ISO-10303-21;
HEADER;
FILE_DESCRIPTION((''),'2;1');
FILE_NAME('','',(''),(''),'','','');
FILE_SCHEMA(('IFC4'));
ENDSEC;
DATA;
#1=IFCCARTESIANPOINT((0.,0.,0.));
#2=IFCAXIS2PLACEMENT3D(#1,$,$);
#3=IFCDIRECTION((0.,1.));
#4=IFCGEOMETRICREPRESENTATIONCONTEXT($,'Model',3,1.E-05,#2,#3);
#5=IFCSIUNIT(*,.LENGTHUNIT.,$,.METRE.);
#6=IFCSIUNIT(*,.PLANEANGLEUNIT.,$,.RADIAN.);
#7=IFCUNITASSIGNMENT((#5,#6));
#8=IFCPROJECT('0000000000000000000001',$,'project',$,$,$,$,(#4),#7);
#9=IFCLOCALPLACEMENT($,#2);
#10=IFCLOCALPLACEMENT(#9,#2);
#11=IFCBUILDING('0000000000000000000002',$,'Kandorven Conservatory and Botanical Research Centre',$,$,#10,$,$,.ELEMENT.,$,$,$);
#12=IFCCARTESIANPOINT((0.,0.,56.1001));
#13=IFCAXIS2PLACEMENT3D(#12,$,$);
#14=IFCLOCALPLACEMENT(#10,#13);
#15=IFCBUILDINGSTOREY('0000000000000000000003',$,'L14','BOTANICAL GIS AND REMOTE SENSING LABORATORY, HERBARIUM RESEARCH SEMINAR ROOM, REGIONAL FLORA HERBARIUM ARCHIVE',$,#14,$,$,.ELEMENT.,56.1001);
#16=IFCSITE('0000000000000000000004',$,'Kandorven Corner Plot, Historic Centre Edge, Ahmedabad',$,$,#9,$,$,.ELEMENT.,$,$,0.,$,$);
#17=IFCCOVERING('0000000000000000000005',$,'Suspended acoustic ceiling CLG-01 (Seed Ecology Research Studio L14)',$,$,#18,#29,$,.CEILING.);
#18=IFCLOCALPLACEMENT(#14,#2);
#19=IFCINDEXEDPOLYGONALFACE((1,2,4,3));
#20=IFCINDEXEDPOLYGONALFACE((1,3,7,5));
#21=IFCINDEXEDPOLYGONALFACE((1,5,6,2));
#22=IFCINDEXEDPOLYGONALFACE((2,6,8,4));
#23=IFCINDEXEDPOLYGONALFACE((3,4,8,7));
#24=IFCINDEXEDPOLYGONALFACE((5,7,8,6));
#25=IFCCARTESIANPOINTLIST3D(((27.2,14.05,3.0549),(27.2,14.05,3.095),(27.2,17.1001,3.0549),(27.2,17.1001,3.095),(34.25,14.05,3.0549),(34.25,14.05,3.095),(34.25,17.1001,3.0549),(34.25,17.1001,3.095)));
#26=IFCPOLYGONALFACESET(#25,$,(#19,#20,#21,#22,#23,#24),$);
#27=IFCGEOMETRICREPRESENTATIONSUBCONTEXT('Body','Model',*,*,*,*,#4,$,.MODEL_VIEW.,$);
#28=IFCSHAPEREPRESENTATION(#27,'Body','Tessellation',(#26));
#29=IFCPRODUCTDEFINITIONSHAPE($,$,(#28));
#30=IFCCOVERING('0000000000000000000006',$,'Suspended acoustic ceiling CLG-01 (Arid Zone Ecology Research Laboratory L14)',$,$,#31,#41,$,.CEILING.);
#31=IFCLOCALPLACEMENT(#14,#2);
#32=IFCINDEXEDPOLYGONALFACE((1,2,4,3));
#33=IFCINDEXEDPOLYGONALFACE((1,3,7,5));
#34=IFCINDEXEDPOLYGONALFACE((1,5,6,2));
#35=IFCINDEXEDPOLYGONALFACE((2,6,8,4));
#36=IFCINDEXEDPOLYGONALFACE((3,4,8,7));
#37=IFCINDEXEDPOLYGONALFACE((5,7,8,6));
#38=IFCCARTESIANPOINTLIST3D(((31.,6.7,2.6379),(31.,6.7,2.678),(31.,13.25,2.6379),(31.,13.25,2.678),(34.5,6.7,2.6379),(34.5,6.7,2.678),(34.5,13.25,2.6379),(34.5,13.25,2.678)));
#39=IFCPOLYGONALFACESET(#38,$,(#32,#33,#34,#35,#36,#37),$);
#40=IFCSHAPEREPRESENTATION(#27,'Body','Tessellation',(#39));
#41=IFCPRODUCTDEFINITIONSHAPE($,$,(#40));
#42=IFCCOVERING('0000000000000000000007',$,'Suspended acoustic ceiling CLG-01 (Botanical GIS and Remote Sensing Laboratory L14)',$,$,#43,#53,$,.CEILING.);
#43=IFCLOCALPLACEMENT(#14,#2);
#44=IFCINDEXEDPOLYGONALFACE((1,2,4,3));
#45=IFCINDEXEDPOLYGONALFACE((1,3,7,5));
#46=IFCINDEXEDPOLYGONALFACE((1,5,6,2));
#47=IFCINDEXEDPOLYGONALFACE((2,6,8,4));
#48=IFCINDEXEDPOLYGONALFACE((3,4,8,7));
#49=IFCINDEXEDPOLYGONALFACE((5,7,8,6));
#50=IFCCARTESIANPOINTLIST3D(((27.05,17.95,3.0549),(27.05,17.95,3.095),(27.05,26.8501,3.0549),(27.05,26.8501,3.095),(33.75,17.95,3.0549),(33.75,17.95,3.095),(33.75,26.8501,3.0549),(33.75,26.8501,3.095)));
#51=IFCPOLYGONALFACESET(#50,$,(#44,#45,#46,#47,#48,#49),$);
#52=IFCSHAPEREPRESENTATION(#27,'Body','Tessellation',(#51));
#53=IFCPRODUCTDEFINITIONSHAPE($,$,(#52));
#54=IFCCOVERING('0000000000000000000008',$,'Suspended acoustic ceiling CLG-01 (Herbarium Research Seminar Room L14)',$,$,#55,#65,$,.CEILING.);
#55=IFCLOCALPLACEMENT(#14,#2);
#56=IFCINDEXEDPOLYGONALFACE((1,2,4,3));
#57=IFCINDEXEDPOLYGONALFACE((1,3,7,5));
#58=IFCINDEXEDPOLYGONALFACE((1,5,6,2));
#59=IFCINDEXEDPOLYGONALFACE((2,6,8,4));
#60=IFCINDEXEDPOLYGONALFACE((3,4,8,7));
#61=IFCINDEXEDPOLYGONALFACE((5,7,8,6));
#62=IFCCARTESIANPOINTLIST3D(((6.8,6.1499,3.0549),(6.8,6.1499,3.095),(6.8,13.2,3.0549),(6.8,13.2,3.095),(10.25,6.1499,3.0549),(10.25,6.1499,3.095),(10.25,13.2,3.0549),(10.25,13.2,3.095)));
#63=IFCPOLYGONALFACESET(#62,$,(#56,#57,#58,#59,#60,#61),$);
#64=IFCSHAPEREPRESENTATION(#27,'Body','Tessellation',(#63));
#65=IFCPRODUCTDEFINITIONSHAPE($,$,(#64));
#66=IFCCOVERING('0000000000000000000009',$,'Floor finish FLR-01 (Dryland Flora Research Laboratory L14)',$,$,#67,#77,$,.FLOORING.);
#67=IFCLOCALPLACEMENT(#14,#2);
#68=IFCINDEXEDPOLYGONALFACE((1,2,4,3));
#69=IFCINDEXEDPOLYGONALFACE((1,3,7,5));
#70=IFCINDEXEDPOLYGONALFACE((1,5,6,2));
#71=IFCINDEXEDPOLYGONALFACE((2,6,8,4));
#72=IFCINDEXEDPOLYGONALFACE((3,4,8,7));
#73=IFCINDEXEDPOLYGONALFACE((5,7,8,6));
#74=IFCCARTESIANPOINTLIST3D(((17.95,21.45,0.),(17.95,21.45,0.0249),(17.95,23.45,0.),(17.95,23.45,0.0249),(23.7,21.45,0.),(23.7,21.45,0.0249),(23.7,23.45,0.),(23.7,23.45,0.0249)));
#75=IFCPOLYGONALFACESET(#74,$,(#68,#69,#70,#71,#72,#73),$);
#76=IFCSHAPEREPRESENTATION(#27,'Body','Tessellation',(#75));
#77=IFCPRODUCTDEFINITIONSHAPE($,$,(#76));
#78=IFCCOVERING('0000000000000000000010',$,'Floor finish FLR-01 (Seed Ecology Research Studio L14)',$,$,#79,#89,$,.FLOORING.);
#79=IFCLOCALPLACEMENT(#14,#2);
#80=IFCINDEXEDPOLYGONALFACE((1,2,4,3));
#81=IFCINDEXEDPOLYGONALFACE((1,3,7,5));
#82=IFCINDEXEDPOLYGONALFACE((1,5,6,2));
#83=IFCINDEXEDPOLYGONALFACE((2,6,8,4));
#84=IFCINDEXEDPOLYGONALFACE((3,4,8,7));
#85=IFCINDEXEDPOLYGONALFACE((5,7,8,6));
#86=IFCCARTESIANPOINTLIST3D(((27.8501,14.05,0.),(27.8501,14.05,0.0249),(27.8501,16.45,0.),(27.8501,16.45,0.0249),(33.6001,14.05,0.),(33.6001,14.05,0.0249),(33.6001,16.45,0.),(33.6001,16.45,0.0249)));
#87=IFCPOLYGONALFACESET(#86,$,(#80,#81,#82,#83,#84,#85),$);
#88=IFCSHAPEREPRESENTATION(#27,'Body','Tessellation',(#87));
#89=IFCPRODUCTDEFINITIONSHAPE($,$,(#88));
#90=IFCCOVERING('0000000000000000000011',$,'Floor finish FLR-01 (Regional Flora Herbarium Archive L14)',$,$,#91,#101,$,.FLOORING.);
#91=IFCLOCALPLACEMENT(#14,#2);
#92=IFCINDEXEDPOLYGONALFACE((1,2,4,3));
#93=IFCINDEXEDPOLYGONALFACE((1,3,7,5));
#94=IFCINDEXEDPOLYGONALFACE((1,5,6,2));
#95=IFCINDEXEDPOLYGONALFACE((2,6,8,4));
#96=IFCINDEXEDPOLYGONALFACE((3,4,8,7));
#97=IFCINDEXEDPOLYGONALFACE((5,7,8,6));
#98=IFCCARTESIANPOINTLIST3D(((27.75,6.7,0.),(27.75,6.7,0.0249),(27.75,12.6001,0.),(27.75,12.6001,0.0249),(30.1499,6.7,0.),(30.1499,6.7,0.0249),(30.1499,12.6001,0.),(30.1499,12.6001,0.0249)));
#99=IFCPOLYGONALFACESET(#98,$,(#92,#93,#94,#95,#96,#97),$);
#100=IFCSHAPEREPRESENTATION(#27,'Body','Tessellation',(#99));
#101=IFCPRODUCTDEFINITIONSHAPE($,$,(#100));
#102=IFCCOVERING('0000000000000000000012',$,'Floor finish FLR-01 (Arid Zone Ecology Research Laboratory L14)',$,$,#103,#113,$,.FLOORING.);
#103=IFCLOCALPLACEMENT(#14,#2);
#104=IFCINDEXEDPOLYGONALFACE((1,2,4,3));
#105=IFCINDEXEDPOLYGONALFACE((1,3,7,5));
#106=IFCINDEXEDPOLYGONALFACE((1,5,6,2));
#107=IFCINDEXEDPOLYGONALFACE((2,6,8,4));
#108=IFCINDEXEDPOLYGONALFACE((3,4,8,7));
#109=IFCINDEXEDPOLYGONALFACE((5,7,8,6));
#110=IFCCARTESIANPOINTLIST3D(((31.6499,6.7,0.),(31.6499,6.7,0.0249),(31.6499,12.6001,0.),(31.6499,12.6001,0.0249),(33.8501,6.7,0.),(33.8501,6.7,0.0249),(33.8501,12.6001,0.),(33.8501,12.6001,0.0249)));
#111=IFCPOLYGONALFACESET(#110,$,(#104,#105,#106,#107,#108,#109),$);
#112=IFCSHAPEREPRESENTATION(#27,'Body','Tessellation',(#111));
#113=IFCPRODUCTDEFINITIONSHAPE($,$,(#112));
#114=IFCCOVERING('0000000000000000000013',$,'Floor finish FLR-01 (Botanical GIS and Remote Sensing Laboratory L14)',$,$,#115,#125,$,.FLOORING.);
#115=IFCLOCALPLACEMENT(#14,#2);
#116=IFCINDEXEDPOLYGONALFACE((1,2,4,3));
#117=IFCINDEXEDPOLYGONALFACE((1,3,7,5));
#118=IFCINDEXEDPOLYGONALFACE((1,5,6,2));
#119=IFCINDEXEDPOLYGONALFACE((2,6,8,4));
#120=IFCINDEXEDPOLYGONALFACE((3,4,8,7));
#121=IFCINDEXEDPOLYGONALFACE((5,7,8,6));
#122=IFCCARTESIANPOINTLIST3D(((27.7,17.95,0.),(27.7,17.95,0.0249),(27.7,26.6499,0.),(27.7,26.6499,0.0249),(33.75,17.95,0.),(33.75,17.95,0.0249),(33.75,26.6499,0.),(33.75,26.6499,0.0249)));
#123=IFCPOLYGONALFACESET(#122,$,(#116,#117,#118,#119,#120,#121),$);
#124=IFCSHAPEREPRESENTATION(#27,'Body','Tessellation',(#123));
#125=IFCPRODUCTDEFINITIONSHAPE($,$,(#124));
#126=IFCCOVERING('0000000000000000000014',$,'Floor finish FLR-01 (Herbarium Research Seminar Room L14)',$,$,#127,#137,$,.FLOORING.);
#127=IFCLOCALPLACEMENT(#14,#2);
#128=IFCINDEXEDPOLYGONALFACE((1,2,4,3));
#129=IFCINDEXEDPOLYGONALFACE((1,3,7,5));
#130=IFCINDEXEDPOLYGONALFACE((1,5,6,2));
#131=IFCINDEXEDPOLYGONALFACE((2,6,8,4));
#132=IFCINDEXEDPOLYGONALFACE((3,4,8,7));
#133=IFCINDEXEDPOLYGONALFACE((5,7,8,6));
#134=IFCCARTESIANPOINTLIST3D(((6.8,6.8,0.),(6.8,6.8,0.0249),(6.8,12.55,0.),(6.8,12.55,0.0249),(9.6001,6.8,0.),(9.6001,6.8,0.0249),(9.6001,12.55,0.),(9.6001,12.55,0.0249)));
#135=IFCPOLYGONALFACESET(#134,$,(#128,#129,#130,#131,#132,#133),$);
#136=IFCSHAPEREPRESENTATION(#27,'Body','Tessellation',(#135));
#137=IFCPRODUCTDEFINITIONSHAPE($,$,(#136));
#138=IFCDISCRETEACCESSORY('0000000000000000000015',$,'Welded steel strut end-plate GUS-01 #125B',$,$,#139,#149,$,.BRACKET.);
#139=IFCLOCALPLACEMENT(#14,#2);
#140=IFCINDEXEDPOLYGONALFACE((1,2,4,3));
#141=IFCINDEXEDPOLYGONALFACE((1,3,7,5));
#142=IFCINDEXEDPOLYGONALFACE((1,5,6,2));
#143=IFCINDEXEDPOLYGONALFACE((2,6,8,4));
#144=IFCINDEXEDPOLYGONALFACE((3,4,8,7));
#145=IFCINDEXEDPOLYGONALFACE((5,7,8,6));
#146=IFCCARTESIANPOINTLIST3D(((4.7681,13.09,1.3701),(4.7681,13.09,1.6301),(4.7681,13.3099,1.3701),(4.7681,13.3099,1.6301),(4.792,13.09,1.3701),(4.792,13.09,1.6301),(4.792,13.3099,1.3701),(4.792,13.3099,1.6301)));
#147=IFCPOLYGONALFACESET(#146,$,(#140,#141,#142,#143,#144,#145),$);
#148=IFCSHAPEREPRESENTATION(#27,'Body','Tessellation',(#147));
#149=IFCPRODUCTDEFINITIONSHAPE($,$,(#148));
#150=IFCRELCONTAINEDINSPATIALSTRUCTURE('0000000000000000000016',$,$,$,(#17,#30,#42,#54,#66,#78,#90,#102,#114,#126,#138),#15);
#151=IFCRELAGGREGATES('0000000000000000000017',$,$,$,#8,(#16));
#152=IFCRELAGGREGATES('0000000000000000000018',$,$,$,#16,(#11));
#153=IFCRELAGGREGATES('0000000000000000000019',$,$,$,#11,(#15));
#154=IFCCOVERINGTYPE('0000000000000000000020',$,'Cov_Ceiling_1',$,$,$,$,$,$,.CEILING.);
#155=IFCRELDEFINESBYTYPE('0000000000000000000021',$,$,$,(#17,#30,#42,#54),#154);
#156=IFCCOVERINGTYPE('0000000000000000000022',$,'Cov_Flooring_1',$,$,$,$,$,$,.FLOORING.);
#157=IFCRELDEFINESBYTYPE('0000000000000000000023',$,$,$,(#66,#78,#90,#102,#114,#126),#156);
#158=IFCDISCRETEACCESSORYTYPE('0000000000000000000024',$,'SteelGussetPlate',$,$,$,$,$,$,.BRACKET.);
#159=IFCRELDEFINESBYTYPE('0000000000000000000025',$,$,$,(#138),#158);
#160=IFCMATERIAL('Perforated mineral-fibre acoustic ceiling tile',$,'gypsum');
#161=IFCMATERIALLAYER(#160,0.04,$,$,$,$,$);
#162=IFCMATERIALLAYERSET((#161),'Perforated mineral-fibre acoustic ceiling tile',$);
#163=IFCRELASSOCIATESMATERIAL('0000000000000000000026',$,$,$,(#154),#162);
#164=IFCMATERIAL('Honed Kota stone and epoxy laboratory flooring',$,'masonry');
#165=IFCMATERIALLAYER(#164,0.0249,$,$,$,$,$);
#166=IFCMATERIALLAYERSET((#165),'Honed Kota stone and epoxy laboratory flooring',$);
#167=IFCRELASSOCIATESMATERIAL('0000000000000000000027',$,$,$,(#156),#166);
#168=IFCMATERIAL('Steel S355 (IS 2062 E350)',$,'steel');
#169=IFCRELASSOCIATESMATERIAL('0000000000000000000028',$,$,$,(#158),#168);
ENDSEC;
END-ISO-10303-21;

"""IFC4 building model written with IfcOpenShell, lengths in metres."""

from ifc_helpers import new_model, si_unit, direction, frame, origin, origin_2d, place, context, subcontext, project, spatial, polyline, rectangle, outline, extrude, material, layer, layer_set, type_object, element, save


model = new_model("IFC4")

# Units and contexts
model_context = context("Model", 3, precision=1e-05, world=origin(), true_north=direction((0.0, 1.0)))
body_context = subcontext(model_context, "Body", "Model", "MODEL_VIEW")
ifc_project = project(units=[si_unit("LENGTHUNIT", "METRE"), si_unit("PLANEANGLEUNIT", "RADIAN")], contexts=[model_context])

# Site, building, storey
site_placement = place(None, origin())
site = spatial("IfcSite", under=ifc_project, at=site_placement, Name="Kandorven Corner Plot, Historic Centre Edge, Ahmedabad", CompositionType="ELEMENT", RefElevation=0.0)
building_placement = place(site_placement, origin())
building = spatial("IfcBuilding", under=site, at=building_placement, Name="Kandorven Conservatory and Botanical Research Centre", CompositionType="ELEMENT")
storey_placement = place(building_placement, frame((0.0, 0.0, 56.1001)))
storey = spatial("IfcBuildingStorey", under=building, at=storey_placement, Name="L14", Description="BOTANICAL GIS AND REMOTE SENSING LABORATORY, HERBARIUM RESEARCH SEMINAR ROOM, REGIONAL FLORA HERBARIUM ARCHIVE", CompositionType="ELEMENT", Elevation=56.1001)

# Coverings
ifc_material_1 = material(Name="Perforated mineral-fibre acoustic ceiling tile", Category="gypsum")
ifc_layer_1 = layer(ifc_material_1, 0.04)
ifc_layer_set_1 = layer_set([ifc_layer_1], Name="Perforated mineral-fibre acoustic ceiling tile")
covering_type_1 = type_object("IfcCoveringType", Name="Cov_Ceiling_1", PredefinedType="CEILING", material=ifc_layer_set_1)
covering_1_placement = place(storey_placement, frame((0.0, 0.0, 3.0549)))
element("IfcCovering", 1, at=covering_1_placement, inside=storey, type_object=covering_type_1, Name="Suspended acoustic ceiling CLG-01 (Seed Ecology Research Studio L14)", PredefinedType="CEILING", context=body_context, shape_type="SweptSolid", body=[
    extrude(outline(polyline([(27.2, 14.05), (34.25, 14.05), (34.25, 17.1001), (27.2, 17.1001), (27.2, 14.05)])), origin(), (0.0, 0.0, 1.0), 0.04),
])
covering_2_placement = place(storey_placement, frame((0.0, 0.0, 2.6379)))
element("IfcCovering", 2, at=covering_2_placement, inside=storey, type_object=covering_type_1, Name="Suspended acoustic ceiling CLG-01 (Arid Zone Ecology Research Laboratory L14)", PredefinedType="CEILING", context=body_context, shape_type="SweptSolid", body=[
    extrude(outline(polyline([(31.0, 6.7), (34.5, 6.7), (34.5, 13.25), (31.0, 13.25), (31.0, 6.7)])), origin(), (0.0, 0.0, 1.0), 0.04),
])
covering_3_placement = place(storey_placement, frame((0.0, 0.0, 3.0549)))
element("IfcCovering", 3, at=covering_3_placement, inside=storey, type_object=covering_type_1, Name="Suspended acoustic ceiling CLG-01 (Botanical GIS and Remote Sensing Laboratory L14)", PredefinedType="CEILING", context=body_context, shape_type="SweptSolid", body=[
    extrude(outline(polyline([(27.05, 17.95), (33.75, 17.95), (33.75, 26.8501), (27.05, 26.8501), (27.05, 17.95)])), origin(), (0.0, 0.0, 1.0), 0.04),
])
covering_4_placement = place(storey_placement, frame((0.0, 0.0, 3.0549)))
element("IfcCovering", 4, at=covering_4_placement, inside=storey, type_object=covering_type_1, Name="Suspended acoustic ceiling CLG-01 (Herbarium Research Seminar Room L14)", PredefinedType="CEILING", context=body_context, shape_type="SweptSolid", body=[
    extrude(outline(polyline([(6.8, 6.1499), (10.25, 6.1499), (10.25, 13.2), (6.8, 13.2), (6.8, 6.1499)])), origin(), (0.0, 0.0, 1.0), 0.04),
])
ifc_material_2 = material(Name="Honed Kota stone and epoxy laboratory flooring", Category="masonry")
ifc_layer_2 = layer(ifc_material_2, 0.0249)
ifc_layer_set_2 = layer_set([ifc_layer_2], Name="Honed Kota stone and epoxy laboratory flooring")
covering_type_2 = type_object("IfcCoveringType", Name="Cov_Flooring_1", PredefinedType="FLOORING", material=ifc_layer_set_2)
covering_5_placement = place(storey_placement, origin())
element("IfcCovering", 5, at=covering_5_placement, inside=storey, type_object=covering_type_2, Name="Floor finish FLR-01 (Dryland Flora Research Laboratory L14)", PredefinedType="FLOORING", context=body_context, shape_type="SweptSolid", body=[
    extrude(outline(polyline([(17.95, 21.45), (23.7, 21.45), (23.7, 23.45), (17.95, 23.45), (17.95, 21.45)])), origin(), (0.0, 0.0, 1.0), 0.0249),
])
covering_6_placement = place(storey_placement, origin())
element("IfcCovering", 6, at=covering_6_placement, inside=storey, type_object=covering_type_2, Name="Floor finish FLR-01 (Seed Ecology Research Studio L14)", PredefinedType="FLOORING", context=body_context, shape_type="SweptSolid", body=[
    extrude(outline(polyline([(27.8501, 14.05), (33.6001, 14.05), (33.6001, 16.45), (27.8501, 16.45), (27.8501, 14.05)])), origin(), (0.0, 0.0, 1.0), 0.0249),
])
covering_7_placement = place(storey_placement, origin())
element("IfcCovering", 7, at=covering_7_placement, inside=storey, type_object=covering_type_2, Name="Floor finish FLR-01 (Regional Flora Herbarium Archive L14)", PredefinedType="FLOORING", context=body_context, shape_type="SweptSolid", body=[
    extrude(outline(polyline([(27.75, 6.7), (30.1499, 6.7), (30.1499, 12.6001), (27.75, 12.6001), (27.75, 6.7)])), origin(), (0.0, 0.0, 1.0), 0.0249),
])
covering_8_placement = place(storey_placement, origin())
element("IfcCovering", 8, at=covering_8_placement, inside=storey, type_object=covering_type_2, Name="Floor finish FLR-01 (Arid Zone Ecology Research Laboratory L14)", PredefinedType="FLOORING", context=body_context, shape_type="SweptSolid", body=[
    extrude(outline(polyline([(31.6499, 6.7), (33.8501, 6.7), (33.8501, 12.6001), (31.6499, 12.6001), (31.6499, 6.7)])), origin(), (0.0, 0.0, 1.0), 0.0249),
])
covering_9_placement = place(storey_placement, origin())
element("IfcCovering", 9, at=covering_9_placement, inside=storey, type_object=covering_type_2, Name="Floor finish FLR-01 (Botanical GIS and Remote Sensing Laboratory L14)", PredefinedType="FLOORING", context=body_context, shape_type="SweptSolid", body=[
    extrude(outline(polyline([(27.7, 17.95), (33.75, 17.95), (33.75, 26.6499), (27.7, 26.6499), (27.7, 17.95)])), origin(), (0.0, 0.0, 1.0), 0.0249),
])
covering_10_placement = place(storey_placement, origin())
element("IfcCovering", 10, at=covering_10_placement, inside=storey, type_object=covering_type_2, Name="Floor finish FLR-01 (Herbarium Research Seminar Room L14)", PredefinedType="FLOORING", context=body_context, shape_type="SweptSolid", body=[
    extrude(outline(polyline([(6.8, 6.8), (9.6001, 6.8), (9.6001, 12.55), (6.8, 12.55), (6.8, 6.8)])), origin(), (0.0, 0.0, 1.0), 0.0249),
])

# Discrete accessory
ifc_material_3 = material(Name="Steel S355 (IS 2062 E350)", Category="steel")
discrete_accessory_type = type_object("IfcDiscreteAccessoryType", Name="SteelGussetPlate", PredefinedType="BRACKET", material=ifc_material_3)
discrete_accessory_placement = place(storey_placement, frame((4.78, 13.2, 1.3701), z_axis=(0.0, 0.0, 1.0), x_axis=(1.0, 0.0, 0.0)))
element("IfcDiscreteAccessory", 11, at=discrete_accessory_placement, inside=storey, type_object=discrete_accessory_type, Name="Welded steel strut end-plate GUS-01 #125B", PredefinedType="BRACKET", context=body_context, shape_type="SweptSolid", body=[
    extrude(rectangle(XDim=0.0239, YDim=0.22, at=origin_2d()), origin(), (0.0, 0.0, 1.0), 0.26),
])

save(model, "model.ifc")
